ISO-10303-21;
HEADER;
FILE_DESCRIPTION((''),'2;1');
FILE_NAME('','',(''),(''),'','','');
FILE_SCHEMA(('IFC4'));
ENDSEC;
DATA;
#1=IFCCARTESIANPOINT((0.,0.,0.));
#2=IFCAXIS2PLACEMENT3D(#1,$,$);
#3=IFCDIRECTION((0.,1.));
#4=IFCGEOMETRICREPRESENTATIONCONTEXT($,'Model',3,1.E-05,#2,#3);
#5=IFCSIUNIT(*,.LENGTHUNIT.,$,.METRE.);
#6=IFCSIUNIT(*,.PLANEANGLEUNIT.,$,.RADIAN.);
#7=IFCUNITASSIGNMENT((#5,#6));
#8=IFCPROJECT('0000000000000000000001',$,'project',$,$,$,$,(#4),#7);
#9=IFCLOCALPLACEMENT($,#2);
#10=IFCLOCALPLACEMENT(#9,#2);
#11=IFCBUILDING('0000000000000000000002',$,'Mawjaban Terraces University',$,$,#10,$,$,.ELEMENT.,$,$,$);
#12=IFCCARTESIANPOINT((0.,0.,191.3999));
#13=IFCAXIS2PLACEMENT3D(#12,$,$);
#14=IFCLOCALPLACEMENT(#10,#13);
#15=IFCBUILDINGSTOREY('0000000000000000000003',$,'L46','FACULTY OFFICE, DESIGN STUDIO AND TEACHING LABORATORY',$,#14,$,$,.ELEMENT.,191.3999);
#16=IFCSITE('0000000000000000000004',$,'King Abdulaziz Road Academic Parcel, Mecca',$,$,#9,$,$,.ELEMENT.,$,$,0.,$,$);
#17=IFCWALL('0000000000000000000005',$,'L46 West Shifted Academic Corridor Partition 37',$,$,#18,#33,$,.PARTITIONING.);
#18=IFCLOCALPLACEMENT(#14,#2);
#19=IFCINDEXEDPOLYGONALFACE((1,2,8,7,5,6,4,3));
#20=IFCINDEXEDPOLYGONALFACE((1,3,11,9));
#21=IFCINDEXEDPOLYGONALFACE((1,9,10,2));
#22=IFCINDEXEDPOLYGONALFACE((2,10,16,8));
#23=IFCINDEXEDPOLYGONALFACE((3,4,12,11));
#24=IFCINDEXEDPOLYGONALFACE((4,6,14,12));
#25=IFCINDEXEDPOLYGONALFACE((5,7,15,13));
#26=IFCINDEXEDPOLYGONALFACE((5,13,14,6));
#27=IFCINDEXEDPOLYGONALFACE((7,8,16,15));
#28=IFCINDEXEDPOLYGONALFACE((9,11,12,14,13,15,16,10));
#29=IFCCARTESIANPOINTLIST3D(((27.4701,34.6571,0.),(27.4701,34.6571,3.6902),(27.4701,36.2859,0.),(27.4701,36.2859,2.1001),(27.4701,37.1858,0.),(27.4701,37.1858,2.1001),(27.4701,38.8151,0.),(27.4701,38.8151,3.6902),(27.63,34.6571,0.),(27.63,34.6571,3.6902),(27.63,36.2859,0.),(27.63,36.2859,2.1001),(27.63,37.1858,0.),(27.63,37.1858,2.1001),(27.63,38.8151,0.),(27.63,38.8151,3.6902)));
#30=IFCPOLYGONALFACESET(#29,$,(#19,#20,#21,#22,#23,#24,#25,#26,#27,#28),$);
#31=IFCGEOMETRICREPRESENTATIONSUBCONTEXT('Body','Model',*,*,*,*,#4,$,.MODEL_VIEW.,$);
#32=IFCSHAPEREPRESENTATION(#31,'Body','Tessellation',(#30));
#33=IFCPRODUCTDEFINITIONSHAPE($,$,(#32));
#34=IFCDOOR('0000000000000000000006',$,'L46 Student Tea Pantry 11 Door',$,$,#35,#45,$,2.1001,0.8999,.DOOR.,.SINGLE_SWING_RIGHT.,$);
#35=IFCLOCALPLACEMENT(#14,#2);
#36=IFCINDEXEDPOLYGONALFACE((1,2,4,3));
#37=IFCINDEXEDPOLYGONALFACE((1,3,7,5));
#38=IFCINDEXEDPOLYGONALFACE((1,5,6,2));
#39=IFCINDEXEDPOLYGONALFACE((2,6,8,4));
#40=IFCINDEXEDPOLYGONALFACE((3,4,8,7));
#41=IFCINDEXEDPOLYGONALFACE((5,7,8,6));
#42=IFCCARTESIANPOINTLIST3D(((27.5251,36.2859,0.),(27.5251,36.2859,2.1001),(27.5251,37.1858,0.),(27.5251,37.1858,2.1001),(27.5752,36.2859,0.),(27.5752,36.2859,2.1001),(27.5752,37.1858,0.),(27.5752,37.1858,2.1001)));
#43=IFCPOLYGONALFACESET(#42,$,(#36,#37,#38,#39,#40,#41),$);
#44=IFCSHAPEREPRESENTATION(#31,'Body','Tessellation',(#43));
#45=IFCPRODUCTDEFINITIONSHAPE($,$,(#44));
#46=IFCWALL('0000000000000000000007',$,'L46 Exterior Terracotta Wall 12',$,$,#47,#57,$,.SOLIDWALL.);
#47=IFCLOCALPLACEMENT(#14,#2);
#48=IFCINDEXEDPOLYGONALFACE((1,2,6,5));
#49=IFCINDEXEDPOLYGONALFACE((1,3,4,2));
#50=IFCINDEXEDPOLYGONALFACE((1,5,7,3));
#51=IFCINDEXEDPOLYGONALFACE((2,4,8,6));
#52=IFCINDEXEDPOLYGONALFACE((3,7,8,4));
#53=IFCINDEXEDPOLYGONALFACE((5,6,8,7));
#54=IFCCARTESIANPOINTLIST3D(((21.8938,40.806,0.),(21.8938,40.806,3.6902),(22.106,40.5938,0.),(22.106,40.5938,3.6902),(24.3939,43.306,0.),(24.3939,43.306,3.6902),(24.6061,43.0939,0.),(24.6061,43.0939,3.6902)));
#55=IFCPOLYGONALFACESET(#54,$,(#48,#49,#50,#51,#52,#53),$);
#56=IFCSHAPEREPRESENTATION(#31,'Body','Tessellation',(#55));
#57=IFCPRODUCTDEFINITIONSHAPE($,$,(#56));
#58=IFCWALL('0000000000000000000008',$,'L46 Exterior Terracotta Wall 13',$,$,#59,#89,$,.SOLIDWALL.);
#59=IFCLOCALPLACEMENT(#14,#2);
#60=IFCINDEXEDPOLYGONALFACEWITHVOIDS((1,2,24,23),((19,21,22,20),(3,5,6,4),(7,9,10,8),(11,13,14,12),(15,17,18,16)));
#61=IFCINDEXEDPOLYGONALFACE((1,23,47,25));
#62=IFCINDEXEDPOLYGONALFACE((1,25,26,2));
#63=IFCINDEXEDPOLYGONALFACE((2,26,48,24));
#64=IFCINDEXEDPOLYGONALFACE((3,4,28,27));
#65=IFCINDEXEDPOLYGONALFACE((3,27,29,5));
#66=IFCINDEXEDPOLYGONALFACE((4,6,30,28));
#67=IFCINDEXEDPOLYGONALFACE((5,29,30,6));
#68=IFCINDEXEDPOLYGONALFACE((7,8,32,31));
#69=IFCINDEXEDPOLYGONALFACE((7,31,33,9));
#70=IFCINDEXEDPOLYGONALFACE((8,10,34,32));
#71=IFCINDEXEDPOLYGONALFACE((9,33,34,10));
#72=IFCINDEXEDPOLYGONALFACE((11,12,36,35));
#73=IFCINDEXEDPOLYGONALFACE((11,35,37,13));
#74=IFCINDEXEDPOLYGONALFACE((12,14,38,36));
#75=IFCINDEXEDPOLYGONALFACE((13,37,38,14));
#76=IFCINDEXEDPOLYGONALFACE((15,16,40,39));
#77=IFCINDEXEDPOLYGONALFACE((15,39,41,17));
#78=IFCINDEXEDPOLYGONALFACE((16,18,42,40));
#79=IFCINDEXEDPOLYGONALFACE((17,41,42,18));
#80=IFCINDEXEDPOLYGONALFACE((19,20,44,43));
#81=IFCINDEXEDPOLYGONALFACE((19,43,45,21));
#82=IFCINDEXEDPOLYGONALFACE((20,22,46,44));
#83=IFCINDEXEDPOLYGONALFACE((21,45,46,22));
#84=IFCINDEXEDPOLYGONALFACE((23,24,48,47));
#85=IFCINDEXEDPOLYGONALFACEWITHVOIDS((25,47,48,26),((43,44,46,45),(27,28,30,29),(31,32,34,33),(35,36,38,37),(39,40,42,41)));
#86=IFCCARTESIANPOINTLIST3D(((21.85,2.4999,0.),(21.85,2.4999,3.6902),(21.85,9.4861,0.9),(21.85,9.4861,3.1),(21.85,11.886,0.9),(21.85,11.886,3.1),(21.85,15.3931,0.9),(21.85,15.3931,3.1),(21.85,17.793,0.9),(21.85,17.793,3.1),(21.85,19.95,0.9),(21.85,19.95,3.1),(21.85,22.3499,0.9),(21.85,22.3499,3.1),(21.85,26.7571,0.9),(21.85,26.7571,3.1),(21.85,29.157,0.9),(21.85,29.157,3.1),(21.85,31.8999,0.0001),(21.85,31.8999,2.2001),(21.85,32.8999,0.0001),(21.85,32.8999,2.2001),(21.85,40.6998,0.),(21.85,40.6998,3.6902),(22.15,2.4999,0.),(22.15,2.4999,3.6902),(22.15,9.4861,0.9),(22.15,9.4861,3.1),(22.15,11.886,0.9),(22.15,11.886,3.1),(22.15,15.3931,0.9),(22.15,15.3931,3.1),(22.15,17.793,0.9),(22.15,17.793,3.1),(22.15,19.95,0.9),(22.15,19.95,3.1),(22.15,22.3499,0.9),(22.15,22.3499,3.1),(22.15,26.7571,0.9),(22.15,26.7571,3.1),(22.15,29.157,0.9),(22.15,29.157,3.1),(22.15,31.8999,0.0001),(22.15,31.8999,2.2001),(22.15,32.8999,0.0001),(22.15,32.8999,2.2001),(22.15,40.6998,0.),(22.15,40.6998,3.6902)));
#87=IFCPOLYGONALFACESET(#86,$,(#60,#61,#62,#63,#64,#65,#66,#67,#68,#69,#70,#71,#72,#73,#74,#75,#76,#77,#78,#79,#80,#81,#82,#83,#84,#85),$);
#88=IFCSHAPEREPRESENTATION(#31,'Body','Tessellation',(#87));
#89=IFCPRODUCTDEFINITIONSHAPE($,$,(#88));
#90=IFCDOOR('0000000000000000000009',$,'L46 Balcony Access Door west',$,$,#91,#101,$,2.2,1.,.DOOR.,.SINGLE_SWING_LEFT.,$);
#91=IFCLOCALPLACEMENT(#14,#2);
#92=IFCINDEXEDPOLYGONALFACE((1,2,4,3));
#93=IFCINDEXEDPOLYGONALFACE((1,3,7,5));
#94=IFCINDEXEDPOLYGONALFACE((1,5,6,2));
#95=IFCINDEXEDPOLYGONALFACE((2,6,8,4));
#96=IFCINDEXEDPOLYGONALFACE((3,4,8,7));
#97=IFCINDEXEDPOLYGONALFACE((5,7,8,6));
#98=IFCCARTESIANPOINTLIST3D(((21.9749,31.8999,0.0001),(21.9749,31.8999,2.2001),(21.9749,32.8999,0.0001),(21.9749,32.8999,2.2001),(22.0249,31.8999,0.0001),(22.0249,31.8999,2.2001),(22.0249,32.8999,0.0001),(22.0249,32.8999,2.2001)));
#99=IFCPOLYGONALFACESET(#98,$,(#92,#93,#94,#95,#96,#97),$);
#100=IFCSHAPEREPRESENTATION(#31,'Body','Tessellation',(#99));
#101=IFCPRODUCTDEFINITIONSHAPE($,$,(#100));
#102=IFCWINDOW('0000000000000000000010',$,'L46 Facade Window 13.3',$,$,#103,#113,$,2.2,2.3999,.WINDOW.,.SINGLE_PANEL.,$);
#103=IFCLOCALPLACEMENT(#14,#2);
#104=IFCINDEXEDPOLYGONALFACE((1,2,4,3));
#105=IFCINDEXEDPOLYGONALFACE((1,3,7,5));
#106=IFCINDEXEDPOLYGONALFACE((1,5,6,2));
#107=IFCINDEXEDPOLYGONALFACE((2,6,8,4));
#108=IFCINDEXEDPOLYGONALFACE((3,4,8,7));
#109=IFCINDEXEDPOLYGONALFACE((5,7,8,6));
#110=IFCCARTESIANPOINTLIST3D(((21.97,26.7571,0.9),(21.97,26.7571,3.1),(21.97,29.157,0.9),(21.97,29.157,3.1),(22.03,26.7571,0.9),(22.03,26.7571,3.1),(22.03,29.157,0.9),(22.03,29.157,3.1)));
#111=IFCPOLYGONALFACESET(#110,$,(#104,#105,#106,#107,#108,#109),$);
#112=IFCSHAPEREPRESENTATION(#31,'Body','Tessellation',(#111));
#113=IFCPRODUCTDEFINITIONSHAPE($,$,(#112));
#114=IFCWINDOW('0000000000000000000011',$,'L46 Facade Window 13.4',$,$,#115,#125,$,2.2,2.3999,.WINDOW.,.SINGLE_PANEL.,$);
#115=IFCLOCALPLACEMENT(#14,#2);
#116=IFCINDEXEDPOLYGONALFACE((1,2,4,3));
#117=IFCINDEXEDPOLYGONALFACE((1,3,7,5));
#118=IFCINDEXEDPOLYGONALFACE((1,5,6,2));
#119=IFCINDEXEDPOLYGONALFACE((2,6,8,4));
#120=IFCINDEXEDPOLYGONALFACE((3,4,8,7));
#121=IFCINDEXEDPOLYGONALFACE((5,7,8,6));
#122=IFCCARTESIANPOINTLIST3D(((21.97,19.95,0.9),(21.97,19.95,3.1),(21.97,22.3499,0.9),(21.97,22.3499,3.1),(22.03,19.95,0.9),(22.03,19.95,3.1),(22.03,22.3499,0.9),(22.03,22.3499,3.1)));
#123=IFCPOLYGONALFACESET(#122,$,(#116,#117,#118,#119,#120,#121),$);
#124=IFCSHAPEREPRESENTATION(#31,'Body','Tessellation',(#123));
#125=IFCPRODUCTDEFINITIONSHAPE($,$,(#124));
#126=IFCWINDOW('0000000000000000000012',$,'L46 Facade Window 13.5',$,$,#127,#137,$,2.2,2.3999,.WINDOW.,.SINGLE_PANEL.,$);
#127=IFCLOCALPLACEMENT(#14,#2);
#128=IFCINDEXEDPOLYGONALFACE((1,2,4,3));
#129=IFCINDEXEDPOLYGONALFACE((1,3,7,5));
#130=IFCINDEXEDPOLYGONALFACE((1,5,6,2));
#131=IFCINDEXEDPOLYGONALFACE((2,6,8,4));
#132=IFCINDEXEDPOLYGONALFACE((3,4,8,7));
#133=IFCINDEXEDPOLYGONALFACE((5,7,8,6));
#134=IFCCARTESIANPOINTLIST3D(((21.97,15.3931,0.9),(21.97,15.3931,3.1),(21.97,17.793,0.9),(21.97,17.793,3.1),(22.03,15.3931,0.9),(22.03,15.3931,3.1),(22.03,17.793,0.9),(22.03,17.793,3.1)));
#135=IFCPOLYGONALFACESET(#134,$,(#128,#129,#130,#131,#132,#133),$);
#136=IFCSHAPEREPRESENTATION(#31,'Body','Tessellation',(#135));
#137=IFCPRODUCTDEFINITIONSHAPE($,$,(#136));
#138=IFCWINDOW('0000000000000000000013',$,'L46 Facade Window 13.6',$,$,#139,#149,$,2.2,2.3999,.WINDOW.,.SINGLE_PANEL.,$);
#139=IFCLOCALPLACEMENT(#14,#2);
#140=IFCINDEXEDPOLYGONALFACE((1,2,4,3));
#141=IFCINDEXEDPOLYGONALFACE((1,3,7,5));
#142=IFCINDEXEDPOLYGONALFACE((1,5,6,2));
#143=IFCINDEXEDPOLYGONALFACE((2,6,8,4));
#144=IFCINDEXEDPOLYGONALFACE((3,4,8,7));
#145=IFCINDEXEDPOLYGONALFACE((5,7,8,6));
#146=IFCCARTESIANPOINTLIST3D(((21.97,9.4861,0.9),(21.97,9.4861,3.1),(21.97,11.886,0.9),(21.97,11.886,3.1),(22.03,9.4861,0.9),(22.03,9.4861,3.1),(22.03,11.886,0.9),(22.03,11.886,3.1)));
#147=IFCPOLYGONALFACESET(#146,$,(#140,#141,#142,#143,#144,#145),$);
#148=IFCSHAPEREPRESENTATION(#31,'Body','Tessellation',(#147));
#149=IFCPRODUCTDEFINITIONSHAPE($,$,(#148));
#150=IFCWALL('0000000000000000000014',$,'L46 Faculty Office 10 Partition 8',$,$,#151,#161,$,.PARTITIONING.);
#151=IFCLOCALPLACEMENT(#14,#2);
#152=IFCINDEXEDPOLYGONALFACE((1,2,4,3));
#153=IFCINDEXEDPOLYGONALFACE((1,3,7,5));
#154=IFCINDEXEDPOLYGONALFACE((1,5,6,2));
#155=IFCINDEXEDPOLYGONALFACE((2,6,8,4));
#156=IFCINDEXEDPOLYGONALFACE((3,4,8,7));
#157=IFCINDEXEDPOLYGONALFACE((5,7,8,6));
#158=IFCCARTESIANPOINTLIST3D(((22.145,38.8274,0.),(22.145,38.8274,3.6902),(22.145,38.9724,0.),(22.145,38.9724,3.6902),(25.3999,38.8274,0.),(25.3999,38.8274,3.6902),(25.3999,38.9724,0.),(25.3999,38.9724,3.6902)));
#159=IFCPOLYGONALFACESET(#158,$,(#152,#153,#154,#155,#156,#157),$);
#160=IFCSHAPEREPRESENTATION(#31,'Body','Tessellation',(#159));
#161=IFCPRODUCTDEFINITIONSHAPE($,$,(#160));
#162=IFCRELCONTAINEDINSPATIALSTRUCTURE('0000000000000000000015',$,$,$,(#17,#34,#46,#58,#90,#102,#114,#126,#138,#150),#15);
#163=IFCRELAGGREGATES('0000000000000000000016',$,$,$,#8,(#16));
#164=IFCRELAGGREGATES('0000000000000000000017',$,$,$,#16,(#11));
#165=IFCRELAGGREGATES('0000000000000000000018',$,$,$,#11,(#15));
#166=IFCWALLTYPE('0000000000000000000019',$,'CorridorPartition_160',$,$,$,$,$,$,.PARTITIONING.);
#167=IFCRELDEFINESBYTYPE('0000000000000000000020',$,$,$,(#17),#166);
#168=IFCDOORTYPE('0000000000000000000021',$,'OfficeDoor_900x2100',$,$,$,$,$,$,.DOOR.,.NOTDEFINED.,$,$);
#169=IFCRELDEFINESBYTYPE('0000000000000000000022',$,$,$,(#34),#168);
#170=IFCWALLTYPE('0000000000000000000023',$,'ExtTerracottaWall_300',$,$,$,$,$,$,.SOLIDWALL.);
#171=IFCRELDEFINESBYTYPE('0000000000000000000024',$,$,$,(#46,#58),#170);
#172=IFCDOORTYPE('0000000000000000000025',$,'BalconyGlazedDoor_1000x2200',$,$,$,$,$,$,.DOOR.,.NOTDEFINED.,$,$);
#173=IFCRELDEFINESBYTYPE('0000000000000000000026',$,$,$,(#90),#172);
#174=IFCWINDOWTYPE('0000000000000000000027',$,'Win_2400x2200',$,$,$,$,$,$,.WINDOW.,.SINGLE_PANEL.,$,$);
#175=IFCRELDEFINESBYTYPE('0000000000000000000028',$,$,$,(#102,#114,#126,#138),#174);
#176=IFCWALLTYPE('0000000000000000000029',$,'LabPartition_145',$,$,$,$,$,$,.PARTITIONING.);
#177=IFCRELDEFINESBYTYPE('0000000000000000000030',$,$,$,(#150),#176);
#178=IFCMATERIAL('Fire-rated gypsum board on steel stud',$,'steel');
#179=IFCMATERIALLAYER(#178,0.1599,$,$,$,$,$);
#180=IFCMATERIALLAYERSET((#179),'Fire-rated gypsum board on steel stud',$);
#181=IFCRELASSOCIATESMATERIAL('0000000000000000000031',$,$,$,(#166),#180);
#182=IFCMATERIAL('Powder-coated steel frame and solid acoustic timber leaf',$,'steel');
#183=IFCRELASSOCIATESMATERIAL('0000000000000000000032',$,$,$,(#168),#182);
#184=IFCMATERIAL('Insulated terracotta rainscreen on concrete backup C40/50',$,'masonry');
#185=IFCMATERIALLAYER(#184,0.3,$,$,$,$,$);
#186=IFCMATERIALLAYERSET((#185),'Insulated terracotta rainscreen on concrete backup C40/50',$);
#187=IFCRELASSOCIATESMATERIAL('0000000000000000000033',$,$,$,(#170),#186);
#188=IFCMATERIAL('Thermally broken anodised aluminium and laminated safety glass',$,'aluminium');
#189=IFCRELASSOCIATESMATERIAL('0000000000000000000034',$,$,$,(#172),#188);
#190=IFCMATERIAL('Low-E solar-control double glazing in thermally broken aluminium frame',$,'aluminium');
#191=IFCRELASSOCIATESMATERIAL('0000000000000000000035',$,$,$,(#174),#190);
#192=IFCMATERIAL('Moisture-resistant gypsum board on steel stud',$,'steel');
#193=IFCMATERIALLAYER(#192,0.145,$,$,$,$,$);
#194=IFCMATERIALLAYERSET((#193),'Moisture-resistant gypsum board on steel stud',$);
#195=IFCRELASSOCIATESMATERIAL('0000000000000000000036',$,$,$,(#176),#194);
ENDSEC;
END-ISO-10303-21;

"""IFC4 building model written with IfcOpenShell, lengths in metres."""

from ifc_helpers import new_model, si_unit, direction, frame, frame_2d, origin, place, context, subcontext, project, spatial, rectangle, extrude, material, layer, layer_set, type_object, element, fill, save


model = new_model("IFC4")

# Units and contexts
model_context = context("Model", 3, precision=1e-05, world=origin(), true_north=direction((0.0, 1.0)))
body_context = subcontext(model_context, "Body", "Model", "MODEL_VIEW")
ifc_project = project(units=[si_unit("LENGTHUNIT", "METRE"), si_unit("PLANEANGLEUNIT", "RADIAN")], contexts=[model_context])

# Site, building, storey
site_placement = place(None, origin())
site = spatial("IfcSite", under=ifc_project, at=site_placement, Name="King Abdulaziz Road Academic Parcel, Mecca", CompositionType="ELEMENT", RefElevation=0.0)
building_placement = place(site_placement, origin())
building = spatial("IfcBuilding", under=site, at=building_placement, Name="Mawjaban Terraces University", CompositionType="ELEMENT")
storey_placement = place(building_placement, frame((0.0, 0.0, 191.3999)))
storey = spatial("IfcBuildingStorey", under=building, at=storey_placement, Name="L46", Description="FACULTY OFFICE, DESIGN STUDIO AND TEACHING LABORATORY", CompositionType="ELEMENT", Elevation=191.3999)

# Wall, opening, door
ifc_material_1 = material(Name="Powder-coated steel frame and solid acoustic timber leaf", Category="steel")
ifc_material_2 = material(Name="Fire-rated gypsum board on steel stud", Category="steel")
ifc_layer_1 = layer(ifc_material_2, 0.1599)
ifc_layer_set_1 = layer_set([ifc_layer_1], Name="Fire-rated gypsum board on steel stud")
wall_type_1 = type_object("IfcWallType", Name="CorridorPartition_160", PredefinedType="PARTITIONING", material=ifc_layer_set_1)
door_type_1 = type_object("IfcDoorType", Name="OfficeDoor_900x2100", OperationType="NOTDEFINED", PredefinedType="DOOR", material=ifc_material_1)
wall_1_placement = place(storey_placement, frame((27.55, 34.657, 0.0), z_axis=(0.0, 0.0, 1.0), x_axis=(0.0, 1.0, 0.0)))
wall_1 = element("IfcWall", 1, at=wall_1_placement, inside=storey, type_object=wall_type_1, Name="L46 West Shifted Academic Corridor Partition 37", PredefinedType="PARTITIONING", context=body_context, shape_type="SweptSolid", body=[
    extrude(rectangle(XDim=4.158, YDim=0.1599, at=frame_2d((2.0791, 0.0))), origin(), (0.0, 0.0, 1.0), 3.6902),
])
opening_1_placement = place(wall_1_placement, frame((1.6289, 0.0, 0.0)))
opening_1 = element("IfcOpeningElement", 2, at=opening_1_placement, cuts=wall_1, PredefinedType="OPENING", context=body_context, shape_type="SweptSolid", body=[
    extrude(rectangle(XDim=0.8999, YDim=2.1001, at=frame_2d((0.45, 1.05))), frame((0.0, 0.0898, 0.0), z_axis=(0.0, -1.0, 0.0), x_axis=(1.0, 0.0, 0.0)), (0.0, 0.0, 1.0), 0.1799),
])
door_1_placement = place(opening_1_placement, origin())
door_1 = element("IfcDoor", 3, at=door_1_placement, inside=storey, type_object=door_type_1, Name="L46 Student Tea Pantry 11 Door", OperationType="SINGLE_SWING_RIGHT", OverallHeight=2.1001, OverallWidth=0.8999, PredefinedType="DOOR", context=body_context, shape_type="SweptSolid", body=[
    extrude(rectangle(XDim=0.8999, YDim=2.1001, at=frame_2d((0.45, 1.05))), frame((0.0, 0.0249, 0.0), z_axis=(0.0, -1.0, 0.0), x_axis=(1.0, 0.0, 0.0)), (0.0, 0.0, 1.0), 0.05),
])
fill(opening_1, door_1)

# Wall
ifc_material_3 = material(Name="Insulated terracotta rainscreen on concrete backup C40/50", Category="masonry")
ifc_layer_2 = layer(ifc_material_3, 0.3)
ifc_layer_set_2 = layer_set([ifc_layer_2], Name="Insulated terracotta rainscreen on concrete backup C40/50")
wall_type_2 = type_object("IfcWallType", Name="ExtTerracottaWall_300", PredefinedType="SOLIDWALL", material=ifc_layer_set_2)
wall_2_placement = place(storey_placement, frame((24.5, 43.2, 0.0), z_axis=(0.0, 0.0, 1.0), x_axis=(-0.707107, -0.707107, 0.0)))
element("IfcWall", 4, at=wall_2_placement, inside=storey, type_object=wall_type_2, Name="L46 Exterior Terracotta Wall 12", PredefinedType="SOLIDWALL", context=body_context, shape_type="SweptSolid", body=[
    extrude(rectangle(XDim=3.5356, YDim=0.3, at=frame_2d((1.7678, 0.0))), origin(), (0.0, 0.0, 1.0), 3.6902),
])

# Wall, openings, door, windows
wall_3_placement = place(storey_placement, frame((22.0, 40.7, 0.0), z_axis=(0.0, 0.0, 1.0), x_axis=(0.0, -1.0, 0.0)))
wall_3 = element("IfcWall", 5, at=wall_3_placement, inside=storey, type_object=wall_type_2, Name="L46 Exterior Terracotta Wall 13", PredefinedType="SOLIDWALL", context=body_context, shape_type="SweptSolid", body=[
    extrude(rectangle(XDim=38.2, YDim=0.3, at=frame_2d((19.1001, 0.0))), origin(), (0.0, 0.0, 1.0), 3.6902),
])
opening_2_placement = place(wall_3_placement, frame((7.8, 0.0, 0.0)))
opening_2 = element("IfcOpeningElement", 6, at=opening_2_placement, cuts=wall_3, PredefinedType="OPENING", context=body_context, shape_type="SweptSolid", body=[
    extrude(rectangle(XDim=1.0, YDim=2.2, at=frame_2d((0.5, 1.1001))), frame((0.0, 0.1599, 0.0), z_axis=(0.0, -1.0, 0.0), x_axis=(1.0, 0.0, 0.0)), (0.0, 0.0, 1.0), 0.3201),
])
opening_3_placement = place(wall_3_placement, frame((11.543, 0.0, 0.8999)))
opening_3 = element("IfcOpeningElement", 7, at=opening_3_placement, cuts=wall_3, PredefinedType="OPENING", context=body_context, shape_type="SweptSolid", body=[
    extrude(rectangle(XDim=2.3999, YDim=2.2, at=frame_2d((1.2, 1.1001))), frame((0.0, 0.1599, 0.0), z_axis=(0.0, -1.0, 0.0), x_axis=(1.0, 0.0, 0.0)), (0.0, 0.0, 1.0), 0.3201),
])
opening_4_placement = place(wall_3_placement, frame((18.3501, 0.0, 0.8999)))
opening_4 = element("IfcOpeningElement", 8, at=opening_4_placement, cuts=wall_3, PredefinedType="OPENING", context=body_context, shape_type="SweptSolid", body=[
    extrude(rectangle(XDim=2.3999, YDim=2.2, at=frame_2d((1.2, 1.1001))), frame((0.0, 0.1599, 0.0), z_axis=(0.0, -1.0, 0.0), x_axis=(1.0, 0.0, 0.0)), (0.0, 0.0, 1.0), 0.3201),
])
opening_5_placement = place(wall_3_placement, frame((22.907, 0.0, 0.8999)))
opening_5 = element("IfcOpeningElement", 9, at=opening_5_placement, cuts=wall_3, PredefinedType="OPENING", context=body_context, shape_type="SweptSolid", body=[
    extrude(rectangle(XDim=2.3999, YDim=2.2, at=frame_2d((1.2, 1.1001))), frame((0.0, 0.1599, 0.0), z_axis=(0.0, -1.0, 0.0), x_axis=(1.0, 0.0, 0.0)), (0.0, 0.0, 1.0), 0.3201),
])
opening_6_placement = place(wall_3_placement, frame((28.814, 0.0, 0.8999)))
opening_6 = element("IfcOpeningElement", 10, at=opening_6_placement, cuts=wall_3, PredefinedType="OPENING", context=body_context, shape_type="SweptSolid", body=[
    extrude(rectangle(XDim=2.3999, YDim=2.2, at=frame_2d((1.2, 1.1001))), frame((0.0, 0.1599, 0.0), z_axis=(0.0, -1.0, 0.0), x_axis=(1.0, 0.0, 0.0)), (0.0, 0.0, 1.0), 0.3201),
])
ifc_material_4 = material(Name="Thermally broken anodised aluminium and laminated safety glass", Category="aluminium")
door_type_2 = type_object("IfcDoorType", Name="BalconyGlazedDoor_1000x2200", OperationType="NOTDEFINED", PredefinedType="DOOR", material=ifc_material_4)
door_2_placement = place(opening_2_placement, origin())
door_2 = element("IfcDoor", 11, at=door_2_placement, inside=storey, type_object=door_type_2, Name="L46 Balcony Access Door west", OperationType="SINGLE_SWING_LEFT", OverallHeight=2.2, OverallWidth=1.0, PredefinedType="DOOR", context=body_context, shape_type="SweptSolid", body=[
    extrude(rectangle(XDim=1.0, YDim=2.2, at=frame_2d((0.5, 1.1001))), frame((0.0, 0.0249, 0.0), z_axis=(0.0, -1.0, 0.0), x_axis=(1.0, 0.0, 0.0)), (0.0, 0.0, 1.0), 0.05),
])
fill(opening_2, door_2)
ifc_material_5 = material(Name="Low-E solar-control double glazing in thermally broken aluminium frame", Category="aluminium")
window_type = type_object("IfcWindowType", Name="Win_2400x2200", PartitioningType="SINGLE_PANEL", PredefinedType="WINDOW", material=ifc_material_5)
window_1_placement = place(opening_3_placement, origin())
window_1 = element("IfcWindow", 12, at=window_1_placement, inside=storey, type_object=window_type, Name="L46 Facade Window 13.3", OverallHeight=2.2, OverallWidth=2.3999, PartitioningType="SINGLE_PANEL", PredefinedType="WINDOW", context=body_context, shape_type="SweptSolid", body=[
    extrude(rectangle(XDim=2.3999, YDim=2.2, at=frame_2d((1.2, 1.1001))), frame((0.0, 0.03, 0.0), z_axis=(0.0, -1.0, 0.0), x_axis=(1.0, 0.0, 0.0)), (0.0, 0.0, 1.0), 0.0601),
])
fill(opening_3, window_1)
window_2_placement = place(opening_4_placement, origin())
window_2 = element("IfcWindow", 13, at=window_2_placement, inside=storey, type_object=window_type, Name="L46 Facade Window 13.4", OverallHeight=2.2, OverallWidth=2.3999, PartitioningType="SINGLE_PANEL", PredefinedType="WINDOW", context=body_context, shape_type="SweptSolid", body=[
    extrude(rectangle(XDim=2.3999, YDim=2.2, at=frame_2d((1.2, 1.1001))), frame((0.0, 0.03, 0.0), z_axis=(0.0, -1.0, 0.0), x_axis=(1.0, 0.0, 0.0)), (0.0, 0.0, 1.0), 0.0601),
])
fill(opening_4, window_2)
window_3_placement = place(opening_5_placement, origin())
window_3 = element("IfcWindow", 14, at=window_3_placement, inside=storey, type_object=window_type, Name="L46 Facade Window 13.5", OverallHeight=2.2, OverallWidth=2.3999, PartitioningType="SINGLE_PANEL", PredefinedType="WINDOW", context=body_context, shape_type="SweptSolid", body=[
    extrude(rectangle(XDim=2.3999, YDim=2.2, at=frame_2d((1.2, 1.1001))), frame((0.0, 0.03, 0.0), z_axis=(0.0, -1.0, 0.0), x_axis=(1.0, 0.0, 0.0)), (0.0, 0.0, 1.0), 0.0601),
])
fill(opening_5, window_3)
window_4_placement = place(opening_6_placement, origin())
window_4 = element("IfcWindow", 15, at=window_4_placement, inside=storey, type_object=window_type, Name="L46 Facade Window 13.6", OverallHeight=2.2, OverallWidth=2.3999, PartitioningType="SINGLE_PANEL", PredefinedType="WINDOW", context=body_context, shape_type="SweptSolid", body=[
    extrude(rectangle(XDim=2.3999, YDim=2.2, at=frame_2d((1.2, 1.1001))), frame((0.0, 0.03, 0.0), z_axis=(0.0, -1.0, 0.0), x_axis=(1.0, 0.0, 0.0)), (0.0, 0.0, 1.0), 0.0601),
])
fill(opening_6, window_4)

# Wall
ifc_material_6 = material(Name="Moisture-resistant gypsum board on steel stud", Category="steel")
ifc_layer_3 = layer(ifc_material_6, 0.145)
ifc_layer_set_3 = layer_set([ifc_layer_3], Name="Moisture-resistant gypsum board on steel stud")
wall_type_3 = type_object("IfcWallType", Name="LabPartition_145", PredefinedType="PARTITIONING", material=ifc_layer_set_3)
wall_4_placement = place(storey_placement, frame((25.3999, 38.8999, 0.0), z_axis=(0.0, 0.0, 1.0), x_axis=(-1.0, 0.0, 0.0)))
element("IfcWall", 16, at=wall_4_placement, inside=storey, type_object=wall_type_3, Name="L46 Faculty Office 10 Partition 8", PredefinedType="PARTITIONING", context=body_context, shape_type="SweptSolid", body=[
    extrude(rectangle(XDim=3.2549, YDim=0.145, at=frame_2d((1.6274, 0.0))), origin(), (0.0, 0.0, 1.0), 3.6902),
])

save(model, "model.ifc")
